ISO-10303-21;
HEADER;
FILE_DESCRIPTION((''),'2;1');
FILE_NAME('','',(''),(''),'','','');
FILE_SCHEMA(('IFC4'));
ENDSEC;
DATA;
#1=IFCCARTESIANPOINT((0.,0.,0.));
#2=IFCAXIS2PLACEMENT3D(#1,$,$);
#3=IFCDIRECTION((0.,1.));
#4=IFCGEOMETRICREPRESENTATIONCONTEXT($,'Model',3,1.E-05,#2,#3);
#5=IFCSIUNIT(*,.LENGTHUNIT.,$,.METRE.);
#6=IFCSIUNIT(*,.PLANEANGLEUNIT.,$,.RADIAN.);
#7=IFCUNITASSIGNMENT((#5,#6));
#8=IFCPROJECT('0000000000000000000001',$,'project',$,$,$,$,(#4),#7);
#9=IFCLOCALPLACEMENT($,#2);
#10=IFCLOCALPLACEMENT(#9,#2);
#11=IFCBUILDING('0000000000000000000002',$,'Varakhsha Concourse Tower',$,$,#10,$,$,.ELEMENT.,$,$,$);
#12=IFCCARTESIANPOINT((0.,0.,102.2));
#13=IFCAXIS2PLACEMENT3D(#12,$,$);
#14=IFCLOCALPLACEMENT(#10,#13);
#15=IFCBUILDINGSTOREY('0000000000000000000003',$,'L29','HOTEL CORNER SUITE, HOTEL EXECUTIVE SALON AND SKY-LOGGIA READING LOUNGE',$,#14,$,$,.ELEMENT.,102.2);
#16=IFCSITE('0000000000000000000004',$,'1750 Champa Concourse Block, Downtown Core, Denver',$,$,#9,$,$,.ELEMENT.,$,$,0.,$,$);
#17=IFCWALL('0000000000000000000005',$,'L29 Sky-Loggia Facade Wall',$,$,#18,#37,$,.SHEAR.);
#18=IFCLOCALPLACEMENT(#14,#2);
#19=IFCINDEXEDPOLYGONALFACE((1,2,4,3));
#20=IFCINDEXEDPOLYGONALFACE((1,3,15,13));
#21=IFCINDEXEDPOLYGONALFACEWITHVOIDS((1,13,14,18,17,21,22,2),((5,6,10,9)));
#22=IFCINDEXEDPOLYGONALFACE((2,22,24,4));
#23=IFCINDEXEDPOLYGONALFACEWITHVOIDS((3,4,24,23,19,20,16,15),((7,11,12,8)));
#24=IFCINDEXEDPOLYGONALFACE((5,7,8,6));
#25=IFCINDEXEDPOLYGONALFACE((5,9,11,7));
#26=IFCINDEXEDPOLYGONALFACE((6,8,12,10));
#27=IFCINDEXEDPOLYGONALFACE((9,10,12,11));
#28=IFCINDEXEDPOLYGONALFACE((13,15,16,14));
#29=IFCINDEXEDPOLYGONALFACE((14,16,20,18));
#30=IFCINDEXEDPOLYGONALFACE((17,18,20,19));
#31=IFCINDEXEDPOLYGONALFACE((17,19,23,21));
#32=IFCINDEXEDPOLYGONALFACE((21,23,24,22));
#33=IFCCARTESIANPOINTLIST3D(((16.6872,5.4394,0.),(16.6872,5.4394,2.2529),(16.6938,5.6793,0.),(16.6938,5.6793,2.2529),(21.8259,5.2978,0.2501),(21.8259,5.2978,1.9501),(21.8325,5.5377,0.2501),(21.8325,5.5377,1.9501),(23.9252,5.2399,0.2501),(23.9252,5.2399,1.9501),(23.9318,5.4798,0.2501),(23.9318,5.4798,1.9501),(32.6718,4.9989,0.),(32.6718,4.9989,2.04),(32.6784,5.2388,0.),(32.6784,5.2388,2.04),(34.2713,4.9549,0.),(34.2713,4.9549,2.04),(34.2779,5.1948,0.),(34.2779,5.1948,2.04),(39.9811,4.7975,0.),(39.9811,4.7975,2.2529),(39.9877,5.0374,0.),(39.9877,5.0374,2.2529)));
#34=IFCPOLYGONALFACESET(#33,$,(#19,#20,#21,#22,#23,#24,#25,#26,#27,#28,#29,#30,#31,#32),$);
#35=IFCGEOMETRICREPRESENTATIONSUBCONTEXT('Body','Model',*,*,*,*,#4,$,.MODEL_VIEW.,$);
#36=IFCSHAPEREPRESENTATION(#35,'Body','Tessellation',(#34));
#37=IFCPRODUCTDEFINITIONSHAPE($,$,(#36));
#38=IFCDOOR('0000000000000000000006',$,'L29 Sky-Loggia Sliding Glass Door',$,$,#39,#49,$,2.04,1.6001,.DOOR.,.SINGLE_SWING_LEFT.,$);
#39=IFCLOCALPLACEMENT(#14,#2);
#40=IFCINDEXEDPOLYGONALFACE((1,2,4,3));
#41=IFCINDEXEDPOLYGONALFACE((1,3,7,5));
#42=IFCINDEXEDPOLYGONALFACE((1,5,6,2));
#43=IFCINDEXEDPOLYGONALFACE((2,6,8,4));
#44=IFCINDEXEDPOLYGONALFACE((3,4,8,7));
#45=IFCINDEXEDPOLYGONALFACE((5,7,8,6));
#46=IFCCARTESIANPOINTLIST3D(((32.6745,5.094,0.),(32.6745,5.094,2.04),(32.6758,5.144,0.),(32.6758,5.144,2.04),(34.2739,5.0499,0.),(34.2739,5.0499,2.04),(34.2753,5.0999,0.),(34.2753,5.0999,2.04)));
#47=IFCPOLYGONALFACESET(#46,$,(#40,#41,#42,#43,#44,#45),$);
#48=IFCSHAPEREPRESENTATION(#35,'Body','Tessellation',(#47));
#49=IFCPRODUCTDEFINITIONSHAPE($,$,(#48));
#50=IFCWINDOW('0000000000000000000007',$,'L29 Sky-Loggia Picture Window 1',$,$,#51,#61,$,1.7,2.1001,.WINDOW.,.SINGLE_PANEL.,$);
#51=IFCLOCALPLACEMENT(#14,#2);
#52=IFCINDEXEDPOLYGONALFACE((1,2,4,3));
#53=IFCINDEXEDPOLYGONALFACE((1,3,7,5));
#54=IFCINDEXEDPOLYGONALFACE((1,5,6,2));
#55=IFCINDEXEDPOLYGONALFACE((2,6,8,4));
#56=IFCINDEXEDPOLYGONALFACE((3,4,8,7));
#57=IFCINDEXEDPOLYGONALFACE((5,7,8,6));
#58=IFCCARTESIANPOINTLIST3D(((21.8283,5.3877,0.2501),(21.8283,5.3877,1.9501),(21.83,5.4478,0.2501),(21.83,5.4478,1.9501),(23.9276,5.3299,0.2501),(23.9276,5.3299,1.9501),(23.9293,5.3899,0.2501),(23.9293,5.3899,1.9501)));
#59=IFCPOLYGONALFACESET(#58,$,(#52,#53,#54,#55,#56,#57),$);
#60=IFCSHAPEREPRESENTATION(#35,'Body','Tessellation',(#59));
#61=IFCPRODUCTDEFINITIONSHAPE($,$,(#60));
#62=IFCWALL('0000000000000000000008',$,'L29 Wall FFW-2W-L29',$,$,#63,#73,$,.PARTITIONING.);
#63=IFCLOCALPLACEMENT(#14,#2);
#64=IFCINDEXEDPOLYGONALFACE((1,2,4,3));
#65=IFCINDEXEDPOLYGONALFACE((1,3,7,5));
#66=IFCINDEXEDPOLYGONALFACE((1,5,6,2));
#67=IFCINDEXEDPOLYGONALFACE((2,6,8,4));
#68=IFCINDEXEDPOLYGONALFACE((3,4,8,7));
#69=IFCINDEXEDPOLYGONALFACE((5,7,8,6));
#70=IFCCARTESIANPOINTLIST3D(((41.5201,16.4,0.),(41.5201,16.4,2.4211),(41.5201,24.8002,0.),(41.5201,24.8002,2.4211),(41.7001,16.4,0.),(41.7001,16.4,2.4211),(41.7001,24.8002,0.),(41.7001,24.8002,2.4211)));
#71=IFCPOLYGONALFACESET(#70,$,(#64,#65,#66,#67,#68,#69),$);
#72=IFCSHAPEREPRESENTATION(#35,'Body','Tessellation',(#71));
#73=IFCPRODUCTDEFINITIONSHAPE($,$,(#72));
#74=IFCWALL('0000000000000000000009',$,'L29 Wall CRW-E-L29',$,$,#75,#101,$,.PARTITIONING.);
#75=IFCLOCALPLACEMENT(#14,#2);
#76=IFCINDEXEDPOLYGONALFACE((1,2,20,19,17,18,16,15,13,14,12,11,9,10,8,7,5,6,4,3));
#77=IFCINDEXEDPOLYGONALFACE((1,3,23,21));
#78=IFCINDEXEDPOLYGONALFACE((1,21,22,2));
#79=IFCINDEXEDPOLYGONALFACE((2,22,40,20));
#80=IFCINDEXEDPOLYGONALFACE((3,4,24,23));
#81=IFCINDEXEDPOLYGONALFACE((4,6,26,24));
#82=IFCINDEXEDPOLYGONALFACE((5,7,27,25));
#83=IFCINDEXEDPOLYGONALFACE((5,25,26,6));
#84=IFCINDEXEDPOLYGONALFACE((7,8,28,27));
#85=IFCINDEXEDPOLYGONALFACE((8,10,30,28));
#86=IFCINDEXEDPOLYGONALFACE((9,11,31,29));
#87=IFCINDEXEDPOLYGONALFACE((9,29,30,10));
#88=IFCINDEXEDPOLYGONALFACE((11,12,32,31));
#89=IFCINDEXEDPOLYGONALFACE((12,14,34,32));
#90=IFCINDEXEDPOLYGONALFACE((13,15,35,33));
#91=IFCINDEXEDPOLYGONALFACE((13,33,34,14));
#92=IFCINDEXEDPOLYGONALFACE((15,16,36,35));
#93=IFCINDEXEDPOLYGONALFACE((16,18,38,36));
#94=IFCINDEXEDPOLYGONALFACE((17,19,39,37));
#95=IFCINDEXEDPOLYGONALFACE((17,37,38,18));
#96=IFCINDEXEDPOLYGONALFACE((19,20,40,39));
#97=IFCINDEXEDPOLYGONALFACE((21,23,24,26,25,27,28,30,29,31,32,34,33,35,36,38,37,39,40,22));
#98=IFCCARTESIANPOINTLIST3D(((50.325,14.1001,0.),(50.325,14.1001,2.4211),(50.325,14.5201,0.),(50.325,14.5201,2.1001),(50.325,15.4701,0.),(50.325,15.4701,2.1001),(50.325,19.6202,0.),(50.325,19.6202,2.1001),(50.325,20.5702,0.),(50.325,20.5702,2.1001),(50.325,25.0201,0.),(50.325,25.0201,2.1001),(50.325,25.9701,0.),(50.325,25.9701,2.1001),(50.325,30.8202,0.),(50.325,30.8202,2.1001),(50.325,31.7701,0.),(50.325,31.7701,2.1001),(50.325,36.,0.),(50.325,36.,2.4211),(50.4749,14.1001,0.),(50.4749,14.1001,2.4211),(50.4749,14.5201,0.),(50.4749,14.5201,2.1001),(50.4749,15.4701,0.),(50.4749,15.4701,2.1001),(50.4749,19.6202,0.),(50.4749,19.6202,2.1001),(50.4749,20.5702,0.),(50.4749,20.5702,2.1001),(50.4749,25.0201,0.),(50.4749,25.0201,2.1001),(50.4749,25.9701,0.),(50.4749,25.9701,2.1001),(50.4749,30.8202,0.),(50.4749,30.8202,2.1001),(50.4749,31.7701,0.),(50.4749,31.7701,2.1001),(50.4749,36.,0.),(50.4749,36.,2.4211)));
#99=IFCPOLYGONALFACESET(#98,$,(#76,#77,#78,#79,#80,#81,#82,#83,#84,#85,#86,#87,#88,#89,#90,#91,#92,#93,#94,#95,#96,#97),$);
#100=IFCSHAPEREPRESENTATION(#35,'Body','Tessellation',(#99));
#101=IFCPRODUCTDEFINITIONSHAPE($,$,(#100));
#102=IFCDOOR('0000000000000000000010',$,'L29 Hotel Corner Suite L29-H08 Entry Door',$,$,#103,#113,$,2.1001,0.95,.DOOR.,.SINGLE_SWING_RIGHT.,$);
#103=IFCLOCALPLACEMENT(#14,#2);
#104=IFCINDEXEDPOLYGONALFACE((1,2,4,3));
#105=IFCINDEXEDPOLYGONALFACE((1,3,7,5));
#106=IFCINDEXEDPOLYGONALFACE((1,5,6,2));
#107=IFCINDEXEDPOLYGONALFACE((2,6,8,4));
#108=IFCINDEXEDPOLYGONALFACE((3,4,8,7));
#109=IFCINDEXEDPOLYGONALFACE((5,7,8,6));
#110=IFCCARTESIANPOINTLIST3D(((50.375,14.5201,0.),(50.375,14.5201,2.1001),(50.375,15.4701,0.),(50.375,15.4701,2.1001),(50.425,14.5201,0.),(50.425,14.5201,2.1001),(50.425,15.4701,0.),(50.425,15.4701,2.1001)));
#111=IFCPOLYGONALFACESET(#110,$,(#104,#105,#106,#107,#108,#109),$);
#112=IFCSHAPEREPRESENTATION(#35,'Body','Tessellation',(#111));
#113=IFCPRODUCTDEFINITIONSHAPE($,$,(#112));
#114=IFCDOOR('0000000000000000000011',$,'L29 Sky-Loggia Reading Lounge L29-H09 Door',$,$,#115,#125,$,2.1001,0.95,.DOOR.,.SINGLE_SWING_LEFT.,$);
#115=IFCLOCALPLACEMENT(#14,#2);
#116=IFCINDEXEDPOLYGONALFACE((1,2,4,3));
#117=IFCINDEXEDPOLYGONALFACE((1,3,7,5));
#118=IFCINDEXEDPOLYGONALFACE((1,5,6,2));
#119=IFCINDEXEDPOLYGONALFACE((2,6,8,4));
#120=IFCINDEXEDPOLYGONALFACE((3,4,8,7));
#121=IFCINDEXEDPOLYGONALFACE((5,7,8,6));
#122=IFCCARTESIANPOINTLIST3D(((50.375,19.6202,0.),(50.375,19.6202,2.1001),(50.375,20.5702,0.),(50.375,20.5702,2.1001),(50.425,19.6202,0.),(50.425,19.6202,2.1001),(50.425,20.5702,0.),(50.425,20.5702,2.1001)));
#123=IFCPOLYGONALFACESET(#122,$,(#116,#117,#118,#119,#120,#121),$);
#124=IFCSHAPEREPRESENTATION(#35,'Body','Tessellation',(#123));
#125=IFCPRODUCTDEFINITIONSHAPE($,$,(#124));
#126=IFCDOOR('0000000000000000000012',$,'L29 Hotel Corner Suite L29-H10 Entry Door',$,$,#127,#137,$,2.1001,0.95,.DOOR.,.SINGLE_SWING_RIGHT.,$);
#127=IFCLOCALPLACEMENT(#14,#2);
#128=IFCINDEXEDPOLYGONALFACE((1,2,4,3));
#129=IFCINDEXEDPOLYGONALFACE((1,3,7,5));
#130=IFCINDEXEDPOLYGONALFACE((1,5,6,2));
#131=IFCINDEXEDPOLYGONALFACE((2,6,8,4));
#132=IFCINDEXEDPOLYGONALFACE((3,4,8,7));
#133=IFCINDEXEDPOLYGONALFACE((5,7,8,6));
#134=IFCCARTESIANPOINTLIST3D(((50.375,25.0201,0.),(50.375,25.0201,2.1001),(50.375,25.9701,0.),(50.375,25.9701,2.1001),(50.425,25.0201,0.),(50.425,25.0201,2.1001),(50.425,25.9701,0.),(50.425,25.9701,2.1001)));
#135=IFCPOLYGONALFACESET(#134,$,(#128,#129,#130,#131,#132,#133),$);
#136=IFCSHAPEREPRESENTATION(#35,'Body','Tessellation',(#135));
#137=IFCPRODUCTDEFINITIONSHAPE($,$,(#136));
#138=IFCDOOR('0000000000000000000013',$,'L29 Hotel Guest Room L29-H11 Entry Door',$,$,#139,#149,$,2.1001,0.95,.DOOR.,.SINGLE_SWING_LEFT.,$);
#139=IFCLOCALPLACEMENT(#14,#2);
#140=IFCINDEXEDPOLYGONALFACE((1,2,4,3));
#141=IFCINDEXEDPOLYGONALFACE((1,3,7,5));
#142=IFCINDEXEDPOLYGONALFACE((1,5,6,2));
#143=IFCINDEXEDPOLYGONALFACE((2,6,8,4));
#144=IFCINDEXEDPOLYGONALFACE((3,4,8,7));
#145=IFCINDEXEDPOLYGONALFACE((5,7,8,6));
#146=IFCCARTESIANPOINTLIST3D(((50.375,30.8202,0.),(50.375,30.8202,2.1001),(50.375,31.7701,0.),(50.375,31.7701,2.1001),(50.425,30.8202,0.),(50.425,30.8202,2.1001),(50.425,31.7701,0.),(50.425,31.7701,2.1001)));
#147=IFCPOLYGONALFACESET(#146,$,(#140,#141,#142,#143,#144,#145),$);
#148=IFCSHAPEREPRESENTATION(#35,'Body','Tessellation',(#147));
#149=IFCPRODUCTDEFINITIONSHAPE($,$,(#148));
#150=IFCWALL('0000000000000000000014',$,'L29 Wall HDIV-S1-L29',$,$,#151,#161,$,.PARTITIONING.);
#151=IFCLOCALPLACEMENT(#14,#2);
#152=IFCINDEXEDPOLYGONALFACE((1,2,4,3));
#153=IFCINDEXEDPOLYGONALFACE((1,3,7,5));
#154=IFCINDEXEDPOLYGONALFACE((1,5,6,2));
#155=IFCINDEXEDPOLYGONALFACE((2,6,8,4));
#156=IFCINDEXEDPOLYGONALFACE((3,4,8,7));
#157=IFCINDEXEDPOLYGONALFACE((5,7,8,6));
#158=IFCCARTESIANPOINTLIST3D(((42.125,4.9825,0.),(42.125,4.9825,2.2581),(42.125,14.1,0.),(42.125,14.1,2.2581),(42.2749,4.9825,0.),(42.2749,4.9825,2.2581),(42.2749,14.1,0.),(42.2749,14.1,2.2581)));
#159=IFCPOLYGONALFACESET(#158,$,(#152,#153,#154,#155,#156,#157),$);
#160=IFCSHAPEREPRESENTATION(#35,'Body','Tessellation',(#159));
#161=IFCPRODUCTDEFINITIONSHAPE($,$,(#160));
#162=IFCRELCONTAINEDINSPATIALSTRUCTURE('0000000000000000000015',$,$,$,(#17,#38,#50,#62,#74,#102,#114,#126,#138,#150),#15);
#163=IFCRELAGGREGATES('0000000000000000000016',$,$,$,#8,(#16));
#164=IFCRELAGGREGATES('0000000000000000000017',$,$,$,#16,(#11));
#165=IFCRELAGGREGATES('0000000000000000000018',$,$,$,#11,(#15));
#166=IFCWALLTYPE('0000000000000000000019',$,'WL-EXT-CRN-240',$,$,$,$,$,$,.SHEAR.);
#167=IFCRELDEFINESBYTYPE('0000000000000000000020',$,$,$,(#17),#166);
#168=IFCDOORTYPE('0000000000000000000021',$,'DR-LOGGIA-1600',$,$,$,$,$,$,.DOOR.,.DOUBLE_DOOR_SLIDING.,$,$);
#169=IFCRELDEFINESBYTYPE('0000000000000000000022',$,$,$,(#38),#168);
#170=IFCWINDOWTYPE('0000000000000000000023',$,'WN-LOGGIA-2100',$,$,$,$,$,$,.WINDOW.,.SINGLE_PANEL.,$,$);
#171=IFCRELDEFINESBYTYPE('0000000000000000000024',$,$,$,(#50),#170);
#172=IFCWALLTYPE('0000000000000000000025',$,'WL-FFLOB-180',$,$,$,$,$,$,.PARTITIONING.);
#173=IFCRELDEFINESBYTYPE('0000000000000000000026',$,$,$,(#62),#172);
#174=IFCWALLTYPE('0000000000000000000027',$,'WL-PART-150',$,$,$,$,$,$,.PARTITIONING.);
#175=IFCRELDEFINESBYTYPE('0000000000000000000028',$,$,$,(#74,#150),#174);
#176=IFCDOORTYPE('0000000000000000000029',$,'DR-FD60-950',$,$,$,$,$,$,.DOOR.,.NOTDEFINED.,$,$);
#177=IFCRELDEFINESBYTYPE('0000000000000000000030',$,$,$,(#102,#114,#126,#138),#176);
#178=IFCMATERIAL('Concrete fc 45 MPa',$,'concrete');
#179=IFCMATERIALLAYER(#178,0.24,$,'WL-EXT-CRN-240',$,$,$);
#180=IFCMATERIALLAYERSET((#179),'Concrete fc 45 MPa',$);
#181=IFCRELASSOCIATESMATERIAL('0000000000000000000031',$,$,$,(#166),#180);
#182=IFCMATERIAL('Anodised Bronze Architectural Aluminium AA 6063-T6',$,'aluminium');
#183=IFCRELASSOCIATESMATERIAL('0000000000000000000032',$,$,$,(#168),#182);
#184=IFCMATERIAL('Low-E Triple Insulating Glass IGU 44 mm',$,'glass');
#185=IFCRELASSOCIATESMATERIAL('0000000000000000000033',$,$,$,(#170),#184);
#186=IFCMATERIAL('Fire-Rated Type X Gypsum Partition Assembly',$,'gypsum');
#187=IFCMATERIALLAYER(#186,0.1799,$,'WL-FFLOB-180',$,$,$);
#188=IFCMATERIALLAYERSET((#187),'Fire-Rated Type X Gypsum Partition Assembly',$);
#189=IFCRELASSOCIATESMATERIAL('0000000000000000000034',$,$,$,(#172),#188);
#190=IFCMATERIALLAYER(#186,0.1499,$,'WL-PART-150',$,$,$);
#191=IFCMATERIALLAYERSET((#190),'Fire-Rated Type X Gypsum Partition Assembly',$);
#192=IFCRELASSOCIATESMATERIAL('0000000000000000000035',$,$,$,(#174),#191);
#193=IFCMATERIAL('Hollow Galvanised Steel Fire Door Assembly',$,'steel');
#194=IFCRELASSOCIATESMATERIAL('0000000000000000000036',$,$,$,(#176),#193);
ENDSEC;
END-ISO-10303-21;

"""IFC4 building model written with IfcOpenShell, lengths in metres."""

from ifc_helpers import new_model, si_unit, direction, frame, frame_2d, origin, place, context, subcontext, project, spatial, rectangle, extrude, material, layer, layer_set, type_object, element, fill, save


model = new_model("IFC4")

# Units and contexts
model_context = context("Model", 3, precision=1e-05, world=origin(), true_north=direction((0.0, 1.0)))
body_context = subcontext(model_context, "Body", "Model", "MODEL_VIEW")
ifc_project = project(units=[si_unit("LENGTHUNIT", "METRE"), si_unit("PLANEANGLEUNIT", "RADIAN")], contexts=[model_context])

# Site, building, storey
site_placement = place(None, origin())
site = spatial("IfcSite", under=ifc_project, at=site_placement, Name="1750 Champa Concourse Block, Downtown Core, Denver", CompositionType="ELEMENT", RefElevation=0.0)
building_placement = place(site_placement, origin())
building = spatial("IfcBuilding", under=site, at=building_placement, Name="Varakhsha Concourse Tower", CompositionType="ELEMENT")
storey_placement = place(building_placement, frame((0.0, 0.0, 102.2)))
storey = spatial("IfcBuildingStorey", under=building, at=storey_placement, Name="L29", Description="HOTEL CORNER SUITE, HOTEL EXECUTIVE SALON AND SKY-LOGGIA READING LOUNGE", CompositionType="ELEMENT", Elevation=102.2)

# Shared definitions
ifc_material_1 = material(Name="Anodised Bronze Architectural Aluminium AA 6063-T6", Category="aluminium")
ifc_material_2 = material(Name="Low-E Triple Insulating Glass IGU 44 mm", Category="glass")

# Wall, openings, door, window
ifc_material_3 = material(Name="Concrete fc 45 MPa", Category="concrete")
ifc_layer_1 = layer(ifc_material_3, 0.24, Name="WL-EXT-CRN-240")
ifc_layer_set_1 = layer_set([ifc_layer_1], Name="Concrete fc 45 MPa")
wall_type_1 = type_object("IfcWallType", Name="WL-EXT-CRN-240", PredefinedType="SHEAR", material=ifc_layer_set_1)
wall_1_placement = place(storey_placement, frame((39.9844, 4.9175, 0.0), z_axis=(0.0, 0.0, 1.0), x_axis=(-0.999621, 0.027544, 0.0)))
wall_1 = element("IfcWall", 1, at=wall_1_placement, inside=storey, type_object=wall_type_1, Name="L29 Sky-Loggia Facade Wall", PredefinedType="SHEAR", context=body_context, shape_type="SweptSolid", body=[
    extrude(rectangle(XDim=23.3027, YDim=0.24, at=frame_2d((11.6514, 0.0))), origin(), (0.0, 0.0, 1.0), 2.2529),
])
opening_1_placement = place(wall_1_placement, frame((5.7119, 0.0, 0.0)))
opening_1 = element("IfcOpeningElement", 2, at=opening_1_placement, cuts=wall_1, PredefinedType="OPENING", context=body_context, shape_type="SweptSolid", body=[
    extrude(rectangle(XDim=1.6001, YDim=2.04, at=frame_2d((0.8, 1.02))), frame((0.0, 0.1299, 0.0), z_axis=(0.0, -1.0, 0.0), x_axis=(1.0, 0.0, 0.0)), (0.0, 0.0, 1.0), 0.26),
])
opening_2_placement = place(wall_1_placement, frame((16.062, 0.0, 0.25)))
opening_2 = element("IfcOpeningElement", 3, at=opening_2_placement, cuts=wall_1, PredefinedType="OPENING", context=body_context, shape_type="SweptSolid", body=[
    extrude(rectangle(XDim=2.1001, YDim=1.7, at=frame_2d((1.05, 0.8501))), frame((0.0, 0.1299, 0.0), z_axis=(0.0, -1.0, 0.0), x_axis=(1.0, 0.0, 0.0)), (0.0, 0.0, 1.0), 0.26),
])
door_type_1 = type_object("IfcDoorType", Name="DR-LOGGIA-1600", OperationType="DOUBLE_DOOR_SLIDING", PredefinedType="DOOR", material=ifc_material_1)
door_1_placement = place(opening_1_placement, origin())
door_1 = element("IfcDoor", 4, at=door_1_placement, inside=storey, type_object=door_type_1, Name="L29 Sky-Loggia Sliding Glass Door", OperationType="SINGLE_SWING_LEFT", OverallHeight=2.04, OverallWidth=1.6001, PredefinedType="DOOR", context=body_context, shape_type="SweptSolid", body=[
    extrude(rectangle(XDim=1.6001, YDim=2.04, at=frame_2d((0.8, 1.02))), frame((0.0, 0.0249, 0.0), z_axis=(0.0, -1.0, 0.0), x_axis=(1.0, 0.0, 0.0)), (0.0, 0.0, 1.0), 0.05),
])
fill(opening_1, door_1)
window_type = type_object("IfcWindowType", Name="WN-LOGGIA-2100", PartitioningType="SINGLE_PANEL", PredefinedType="WINDOW", material=ifc_material_2)
window_placement = place(opening_2_placement, origin())
window = element("IfcWindow", 5, at=window_placement, inside=storey, type_object=window_type, Name="L29 Sky-Loggia Picture Window 1", OverallHeight=1.7, OverallWidth=2.1001, PartitioningType="SINGLE_PANEL", PredefinedType="WINDOW", context=body_context, shape_type="SweptSolid", body=[
    extrude(rectangle(XDim=2.1001, YDim=1.7, at=frame_2d((1.05, 0.8501))), frame((0.0, 0.03, 0.0), z_axis=(0.0, -1.0, 0.0), x_axis=(1.0, 0.0, 0.0)), (0.0, 0.0, 1.0), 0.0601),
])
fill(opening_2, window)

# Wall
ifc_material_4 = material(Name="Fire-Rated Type X Gypsum Partition Assembly", Category="gypsum")
ifc_layer_2 = layer(ifc_material_4, 0.1799, Name="WL-FFLOB-180")
ifc_layer_set_2 = layer_set([ifc_layer_2], Name="Fire-Rated Type X Gypsum Partition Assembly")
wall_type_2 = type_object("IfcWallType", Name="WL-FFLOB-180", PredefinedType="PARTITIONING", material=ifc_layer_set_2)
wall_2_placement = place(storey_placement, frame((41.6101, 16.3999, 0.0), z_axis=(0.0, 0.0, 1.0), x_axis=(0.0, 1.0, 0.0)))
element("IfcWall", 6, at=wall_2_placement, inside=storey, type_object=wall_type_2, Name="L29 Wall FFW-2W-L29", PredefinedType="PARTITIONING", context=body_context, shape_type="SweptSolid", body=[
    extrude(rectangle(XDim=8.4001, YDim=0.1799, at=frame_2d((4.2002, 0.0))), origin(), (0.0, 0.0, 1.0), 2.4211),
])

# Wall, openings, doors
ifc_layer_3 = layer(ifc_material_4, 0.1499, Name="WL-PART-150")
ifc_layer_set_3 = layer_set([ifc_layer_3], Name="Fire-Rated Type X Gypsum Partition Assembly")
wall_type_3 = type_object("IfcWallType", Name="WL-PART-150", PredefinedType="PARTITIONING", material=ifc_layer_set_3)
wall_3_placement = place(storey_placement, frame((50.3999, 14.1001, 0.0), z_axis=(0.0, 0.0, 1.0), x_axis=(0.0, 1.0, 0.0)))
wall_3 = element("IfcWall", 7, at=wall_3_placement, inside=storey, type_object=wall_type_3, Name="L29 Wall CRW-E-L29", PredefinedType="PARTITIONING", context=body_context, shape_type="SweptSolid", body=[
    extrude(rectangle(XDim=21.8999, YDim=0.1499, at=frame_2d((10.95, 0.0))), origin(), (0.0, 0.0, 1.0), 2.4211),
])
opening_3_placement = place(wall_3_placement, frame((0.4199, 0.0, 0.0)))
opening_3 = element("IfcOpeningElement", 8, at=opening_3_placement, cuts=wall_3, PredefinedType="OPENING", context=body_context, shape_type="SweptSolid", body=[
    extrude(rectangle(XDim=0.95, YDim=2.1001, at=frame_2d((0.4751, 1.05))), frame((0.0, 0.085, 0.0), z_axis=(0.0, -1.0, 0.0), x_axis=(1.0, 0.0, 0.0)), (0.0, 0.0, 1.0), 0.1699),
])
opening_4_placement = place(wall_3_placement, frame((5.52, 0.0, 0.0)))
opening_4 = element("IfcOpeningElement", 9, at=opening_4_placement, cuts=wall_3, PredefinedType="OPENING", context=body_context, shape_type="SweptSolid", body=[
    extrude(rectangle(XDim=0.95, YDim=2.1001, at=frame_2d((0.4751, 1.05))), frame((0.0, 0.085, 0.0), z_axis=(0.0, -1.0, 0.0), x_axis=(1.0, 0.0, 0.0)), (0.0, 0.0, 1.0), 0.1699),
])
opening_5_placement = place(wall_3_placement, frame((10.9199, 0.0, 0.0)))
opening_5 = element("IfcOpeningElement", 10, at=opening_5_placement, cuts=wall_3, PredefinedType="OPENING", context=body_context, shape_type="SweptSolid", body=[
    extrude(rectangle(XDim=0.95, YDim=2.1001, at=frame_2d((0.4751, 1.05))), frame((0.0, 0.085, 0.0), z_axis=(0.0, -1.0, 0.0), x_axis=(1.0, 0.0, 0.0)), (0.0, 0.0, 1.0), 0.1699),
])
opening_6_placement = place(wall_3_placement, frame((16.72, 0.0, 0.0)))
opening_6 = element("IfcOpeningElement", 11, at=opening_6_placement, cuts=wall_3, PredefinedType="OPENING", context=body_context, shape_type="SweptSolid", body=[
    extrude(rectangle(XDim=0.95, YDim=2.1001, at=frame_2d((0.4751, 1.05))), frame((0.0, 0.085, 0.0), z_axis=(0.0, -1.0, 0.0), x_axis=(1.0, 0.0, 0.0)), (0.0, 0.0, 1.0), 0.1699),
])
ifc_material_5 = material(Name="Hollow Galvanised Steel Fire Door Assembly", Category="steel")
door_type_2 = type_object("IfcDoorType", Name="DR-FD60-950", OperationType="NOTDEFINED", PredefinedType="DOOR", material=ifc_material_5)
door_2_placement = place(opening_3_placement, origin())
door_2 = element("IfcDoor", 12, at=door_2_placement, inside=storey, type_object=door_type_2, Name="L29 Hotel Corner Suite L29-H08 Entry Door", OperationType="SINGLE_SWING_RIGHT", OverallHeight=2.1001, OverallWidth=0.95, PredefinedType="DOOR", context=body_context, shape_type="SweptSolid", body=[
    extrude(rectangle(XDim=0.95, YDim=2.1001, at=frame_2d((0.4751, 1.05))), frame((0.0, 0.0249, 0.0), z_axis=(0.0, -1.0, 0.0), x_axis=(1.0, 0.0, 0.0)), (0.0, 0.0, 1.0), 0.05),
])
fill(opening_3, door_2)
door_3_placement = place(opening_4_placement, origin())
door_3 = element("IfcDoor", 13, at=door_3_placement, inside=storey, type_object=door_type_2, Name="L29 Sky-Loggia Reading Lounge L29-H09 Door", OperationType="SINGLE_SWING_LEFT", OverallHeight=2.1001, OverallWidth=0.95, PredefinedType="DOOR", context=body_context, shape_type="SweptSolid", body=[
    extrude(rectangle(XDim=0.95, YDim=2.1001, at=frame_2d((0.4751, 1.05))), frame((0.0, 0.0249, 0.0), z_axis=(0.0, -1.0, 0.0), x_axis=(1.0, 0.0, 0.0)), (0.0, 0.0, 1.0), 0.05),
])
fill(opening_4, door_3)
door_4_placement = place(opening_5_placement, origin())
door_4 = element("IfcDoor", 14, at=door_4_placement, inside=storey, type_object=door_type_2, Name="L29 Hotel Corner Suite L29-H10 Entry Door", OperationType="SINGLE_SWING_RIGHT", OverallHeight=2.1001, OverallWidth=0.95, PredefinedType="DOOR", context=body_context, shape_type="SweptSolid", body=[
    extrude(rectangle(XDim=0.95, YDim=2.1001, at=frame_2d((0.4751, 1.05))), frame((0.0, 0.0249, 0.0), z_axis=(0.0, -1.0, 0.0), x_axis=(1.0, 0.0, 0.0)), (0.0, 0.0, 1.0), 0.05),
])
fill(opening_5, door_4)
door_5_placement = place(opening_6_placement, origin())
door_5 = element("IfcDoor", 15, at=door_5_placement, inside=storey, type_object=door_type_2, Name="L29 Hotel Guest Room L29-H11 Entry Door", OperationType="SINGLE_SWING_LEFT", OverallHeight=2.1001, OverallWidth=0.95, PredefinedType="DOOR", context=body_context, shape_type="SweptSolid", body=[
    extrude(rectangle(XDim=0.95, YDim=2.1001, at=frame_2d((0.4751, 1.05))), frame((0.0, 0.0249, 0.0), z_axis=(0.0, -1.0, 0.0), x_axis=(1.0, 0.0, 0.0)), (0.0, 0.0, 1.0), 0.05),
])
fill(opening_6, door_5)

# Wall
wall_4_placement = place(storey_placement, frame((42.2, 4.9827, 0.0), z_axis=(0.0, 0.0, 1.0), x_axis=(0.0, 1.0, 0.0)))
element("IfcWall", 16, at=wall_4_placement, inside=storey, type_object=wall_type_3, Name="L29 Wall HDIV-S1-L29", PredefinedType="PARTITIONING", context=body_context, shape_type="SweptSolid", body=[
    extrude(rectangle(XDim=9.1174, YDim=0.1499, at=frame_2d((4.5586, 0.0))), origin(), (0.0, 0.0, 1.0), 2.2581),
])

save(model, "model.ifc")
